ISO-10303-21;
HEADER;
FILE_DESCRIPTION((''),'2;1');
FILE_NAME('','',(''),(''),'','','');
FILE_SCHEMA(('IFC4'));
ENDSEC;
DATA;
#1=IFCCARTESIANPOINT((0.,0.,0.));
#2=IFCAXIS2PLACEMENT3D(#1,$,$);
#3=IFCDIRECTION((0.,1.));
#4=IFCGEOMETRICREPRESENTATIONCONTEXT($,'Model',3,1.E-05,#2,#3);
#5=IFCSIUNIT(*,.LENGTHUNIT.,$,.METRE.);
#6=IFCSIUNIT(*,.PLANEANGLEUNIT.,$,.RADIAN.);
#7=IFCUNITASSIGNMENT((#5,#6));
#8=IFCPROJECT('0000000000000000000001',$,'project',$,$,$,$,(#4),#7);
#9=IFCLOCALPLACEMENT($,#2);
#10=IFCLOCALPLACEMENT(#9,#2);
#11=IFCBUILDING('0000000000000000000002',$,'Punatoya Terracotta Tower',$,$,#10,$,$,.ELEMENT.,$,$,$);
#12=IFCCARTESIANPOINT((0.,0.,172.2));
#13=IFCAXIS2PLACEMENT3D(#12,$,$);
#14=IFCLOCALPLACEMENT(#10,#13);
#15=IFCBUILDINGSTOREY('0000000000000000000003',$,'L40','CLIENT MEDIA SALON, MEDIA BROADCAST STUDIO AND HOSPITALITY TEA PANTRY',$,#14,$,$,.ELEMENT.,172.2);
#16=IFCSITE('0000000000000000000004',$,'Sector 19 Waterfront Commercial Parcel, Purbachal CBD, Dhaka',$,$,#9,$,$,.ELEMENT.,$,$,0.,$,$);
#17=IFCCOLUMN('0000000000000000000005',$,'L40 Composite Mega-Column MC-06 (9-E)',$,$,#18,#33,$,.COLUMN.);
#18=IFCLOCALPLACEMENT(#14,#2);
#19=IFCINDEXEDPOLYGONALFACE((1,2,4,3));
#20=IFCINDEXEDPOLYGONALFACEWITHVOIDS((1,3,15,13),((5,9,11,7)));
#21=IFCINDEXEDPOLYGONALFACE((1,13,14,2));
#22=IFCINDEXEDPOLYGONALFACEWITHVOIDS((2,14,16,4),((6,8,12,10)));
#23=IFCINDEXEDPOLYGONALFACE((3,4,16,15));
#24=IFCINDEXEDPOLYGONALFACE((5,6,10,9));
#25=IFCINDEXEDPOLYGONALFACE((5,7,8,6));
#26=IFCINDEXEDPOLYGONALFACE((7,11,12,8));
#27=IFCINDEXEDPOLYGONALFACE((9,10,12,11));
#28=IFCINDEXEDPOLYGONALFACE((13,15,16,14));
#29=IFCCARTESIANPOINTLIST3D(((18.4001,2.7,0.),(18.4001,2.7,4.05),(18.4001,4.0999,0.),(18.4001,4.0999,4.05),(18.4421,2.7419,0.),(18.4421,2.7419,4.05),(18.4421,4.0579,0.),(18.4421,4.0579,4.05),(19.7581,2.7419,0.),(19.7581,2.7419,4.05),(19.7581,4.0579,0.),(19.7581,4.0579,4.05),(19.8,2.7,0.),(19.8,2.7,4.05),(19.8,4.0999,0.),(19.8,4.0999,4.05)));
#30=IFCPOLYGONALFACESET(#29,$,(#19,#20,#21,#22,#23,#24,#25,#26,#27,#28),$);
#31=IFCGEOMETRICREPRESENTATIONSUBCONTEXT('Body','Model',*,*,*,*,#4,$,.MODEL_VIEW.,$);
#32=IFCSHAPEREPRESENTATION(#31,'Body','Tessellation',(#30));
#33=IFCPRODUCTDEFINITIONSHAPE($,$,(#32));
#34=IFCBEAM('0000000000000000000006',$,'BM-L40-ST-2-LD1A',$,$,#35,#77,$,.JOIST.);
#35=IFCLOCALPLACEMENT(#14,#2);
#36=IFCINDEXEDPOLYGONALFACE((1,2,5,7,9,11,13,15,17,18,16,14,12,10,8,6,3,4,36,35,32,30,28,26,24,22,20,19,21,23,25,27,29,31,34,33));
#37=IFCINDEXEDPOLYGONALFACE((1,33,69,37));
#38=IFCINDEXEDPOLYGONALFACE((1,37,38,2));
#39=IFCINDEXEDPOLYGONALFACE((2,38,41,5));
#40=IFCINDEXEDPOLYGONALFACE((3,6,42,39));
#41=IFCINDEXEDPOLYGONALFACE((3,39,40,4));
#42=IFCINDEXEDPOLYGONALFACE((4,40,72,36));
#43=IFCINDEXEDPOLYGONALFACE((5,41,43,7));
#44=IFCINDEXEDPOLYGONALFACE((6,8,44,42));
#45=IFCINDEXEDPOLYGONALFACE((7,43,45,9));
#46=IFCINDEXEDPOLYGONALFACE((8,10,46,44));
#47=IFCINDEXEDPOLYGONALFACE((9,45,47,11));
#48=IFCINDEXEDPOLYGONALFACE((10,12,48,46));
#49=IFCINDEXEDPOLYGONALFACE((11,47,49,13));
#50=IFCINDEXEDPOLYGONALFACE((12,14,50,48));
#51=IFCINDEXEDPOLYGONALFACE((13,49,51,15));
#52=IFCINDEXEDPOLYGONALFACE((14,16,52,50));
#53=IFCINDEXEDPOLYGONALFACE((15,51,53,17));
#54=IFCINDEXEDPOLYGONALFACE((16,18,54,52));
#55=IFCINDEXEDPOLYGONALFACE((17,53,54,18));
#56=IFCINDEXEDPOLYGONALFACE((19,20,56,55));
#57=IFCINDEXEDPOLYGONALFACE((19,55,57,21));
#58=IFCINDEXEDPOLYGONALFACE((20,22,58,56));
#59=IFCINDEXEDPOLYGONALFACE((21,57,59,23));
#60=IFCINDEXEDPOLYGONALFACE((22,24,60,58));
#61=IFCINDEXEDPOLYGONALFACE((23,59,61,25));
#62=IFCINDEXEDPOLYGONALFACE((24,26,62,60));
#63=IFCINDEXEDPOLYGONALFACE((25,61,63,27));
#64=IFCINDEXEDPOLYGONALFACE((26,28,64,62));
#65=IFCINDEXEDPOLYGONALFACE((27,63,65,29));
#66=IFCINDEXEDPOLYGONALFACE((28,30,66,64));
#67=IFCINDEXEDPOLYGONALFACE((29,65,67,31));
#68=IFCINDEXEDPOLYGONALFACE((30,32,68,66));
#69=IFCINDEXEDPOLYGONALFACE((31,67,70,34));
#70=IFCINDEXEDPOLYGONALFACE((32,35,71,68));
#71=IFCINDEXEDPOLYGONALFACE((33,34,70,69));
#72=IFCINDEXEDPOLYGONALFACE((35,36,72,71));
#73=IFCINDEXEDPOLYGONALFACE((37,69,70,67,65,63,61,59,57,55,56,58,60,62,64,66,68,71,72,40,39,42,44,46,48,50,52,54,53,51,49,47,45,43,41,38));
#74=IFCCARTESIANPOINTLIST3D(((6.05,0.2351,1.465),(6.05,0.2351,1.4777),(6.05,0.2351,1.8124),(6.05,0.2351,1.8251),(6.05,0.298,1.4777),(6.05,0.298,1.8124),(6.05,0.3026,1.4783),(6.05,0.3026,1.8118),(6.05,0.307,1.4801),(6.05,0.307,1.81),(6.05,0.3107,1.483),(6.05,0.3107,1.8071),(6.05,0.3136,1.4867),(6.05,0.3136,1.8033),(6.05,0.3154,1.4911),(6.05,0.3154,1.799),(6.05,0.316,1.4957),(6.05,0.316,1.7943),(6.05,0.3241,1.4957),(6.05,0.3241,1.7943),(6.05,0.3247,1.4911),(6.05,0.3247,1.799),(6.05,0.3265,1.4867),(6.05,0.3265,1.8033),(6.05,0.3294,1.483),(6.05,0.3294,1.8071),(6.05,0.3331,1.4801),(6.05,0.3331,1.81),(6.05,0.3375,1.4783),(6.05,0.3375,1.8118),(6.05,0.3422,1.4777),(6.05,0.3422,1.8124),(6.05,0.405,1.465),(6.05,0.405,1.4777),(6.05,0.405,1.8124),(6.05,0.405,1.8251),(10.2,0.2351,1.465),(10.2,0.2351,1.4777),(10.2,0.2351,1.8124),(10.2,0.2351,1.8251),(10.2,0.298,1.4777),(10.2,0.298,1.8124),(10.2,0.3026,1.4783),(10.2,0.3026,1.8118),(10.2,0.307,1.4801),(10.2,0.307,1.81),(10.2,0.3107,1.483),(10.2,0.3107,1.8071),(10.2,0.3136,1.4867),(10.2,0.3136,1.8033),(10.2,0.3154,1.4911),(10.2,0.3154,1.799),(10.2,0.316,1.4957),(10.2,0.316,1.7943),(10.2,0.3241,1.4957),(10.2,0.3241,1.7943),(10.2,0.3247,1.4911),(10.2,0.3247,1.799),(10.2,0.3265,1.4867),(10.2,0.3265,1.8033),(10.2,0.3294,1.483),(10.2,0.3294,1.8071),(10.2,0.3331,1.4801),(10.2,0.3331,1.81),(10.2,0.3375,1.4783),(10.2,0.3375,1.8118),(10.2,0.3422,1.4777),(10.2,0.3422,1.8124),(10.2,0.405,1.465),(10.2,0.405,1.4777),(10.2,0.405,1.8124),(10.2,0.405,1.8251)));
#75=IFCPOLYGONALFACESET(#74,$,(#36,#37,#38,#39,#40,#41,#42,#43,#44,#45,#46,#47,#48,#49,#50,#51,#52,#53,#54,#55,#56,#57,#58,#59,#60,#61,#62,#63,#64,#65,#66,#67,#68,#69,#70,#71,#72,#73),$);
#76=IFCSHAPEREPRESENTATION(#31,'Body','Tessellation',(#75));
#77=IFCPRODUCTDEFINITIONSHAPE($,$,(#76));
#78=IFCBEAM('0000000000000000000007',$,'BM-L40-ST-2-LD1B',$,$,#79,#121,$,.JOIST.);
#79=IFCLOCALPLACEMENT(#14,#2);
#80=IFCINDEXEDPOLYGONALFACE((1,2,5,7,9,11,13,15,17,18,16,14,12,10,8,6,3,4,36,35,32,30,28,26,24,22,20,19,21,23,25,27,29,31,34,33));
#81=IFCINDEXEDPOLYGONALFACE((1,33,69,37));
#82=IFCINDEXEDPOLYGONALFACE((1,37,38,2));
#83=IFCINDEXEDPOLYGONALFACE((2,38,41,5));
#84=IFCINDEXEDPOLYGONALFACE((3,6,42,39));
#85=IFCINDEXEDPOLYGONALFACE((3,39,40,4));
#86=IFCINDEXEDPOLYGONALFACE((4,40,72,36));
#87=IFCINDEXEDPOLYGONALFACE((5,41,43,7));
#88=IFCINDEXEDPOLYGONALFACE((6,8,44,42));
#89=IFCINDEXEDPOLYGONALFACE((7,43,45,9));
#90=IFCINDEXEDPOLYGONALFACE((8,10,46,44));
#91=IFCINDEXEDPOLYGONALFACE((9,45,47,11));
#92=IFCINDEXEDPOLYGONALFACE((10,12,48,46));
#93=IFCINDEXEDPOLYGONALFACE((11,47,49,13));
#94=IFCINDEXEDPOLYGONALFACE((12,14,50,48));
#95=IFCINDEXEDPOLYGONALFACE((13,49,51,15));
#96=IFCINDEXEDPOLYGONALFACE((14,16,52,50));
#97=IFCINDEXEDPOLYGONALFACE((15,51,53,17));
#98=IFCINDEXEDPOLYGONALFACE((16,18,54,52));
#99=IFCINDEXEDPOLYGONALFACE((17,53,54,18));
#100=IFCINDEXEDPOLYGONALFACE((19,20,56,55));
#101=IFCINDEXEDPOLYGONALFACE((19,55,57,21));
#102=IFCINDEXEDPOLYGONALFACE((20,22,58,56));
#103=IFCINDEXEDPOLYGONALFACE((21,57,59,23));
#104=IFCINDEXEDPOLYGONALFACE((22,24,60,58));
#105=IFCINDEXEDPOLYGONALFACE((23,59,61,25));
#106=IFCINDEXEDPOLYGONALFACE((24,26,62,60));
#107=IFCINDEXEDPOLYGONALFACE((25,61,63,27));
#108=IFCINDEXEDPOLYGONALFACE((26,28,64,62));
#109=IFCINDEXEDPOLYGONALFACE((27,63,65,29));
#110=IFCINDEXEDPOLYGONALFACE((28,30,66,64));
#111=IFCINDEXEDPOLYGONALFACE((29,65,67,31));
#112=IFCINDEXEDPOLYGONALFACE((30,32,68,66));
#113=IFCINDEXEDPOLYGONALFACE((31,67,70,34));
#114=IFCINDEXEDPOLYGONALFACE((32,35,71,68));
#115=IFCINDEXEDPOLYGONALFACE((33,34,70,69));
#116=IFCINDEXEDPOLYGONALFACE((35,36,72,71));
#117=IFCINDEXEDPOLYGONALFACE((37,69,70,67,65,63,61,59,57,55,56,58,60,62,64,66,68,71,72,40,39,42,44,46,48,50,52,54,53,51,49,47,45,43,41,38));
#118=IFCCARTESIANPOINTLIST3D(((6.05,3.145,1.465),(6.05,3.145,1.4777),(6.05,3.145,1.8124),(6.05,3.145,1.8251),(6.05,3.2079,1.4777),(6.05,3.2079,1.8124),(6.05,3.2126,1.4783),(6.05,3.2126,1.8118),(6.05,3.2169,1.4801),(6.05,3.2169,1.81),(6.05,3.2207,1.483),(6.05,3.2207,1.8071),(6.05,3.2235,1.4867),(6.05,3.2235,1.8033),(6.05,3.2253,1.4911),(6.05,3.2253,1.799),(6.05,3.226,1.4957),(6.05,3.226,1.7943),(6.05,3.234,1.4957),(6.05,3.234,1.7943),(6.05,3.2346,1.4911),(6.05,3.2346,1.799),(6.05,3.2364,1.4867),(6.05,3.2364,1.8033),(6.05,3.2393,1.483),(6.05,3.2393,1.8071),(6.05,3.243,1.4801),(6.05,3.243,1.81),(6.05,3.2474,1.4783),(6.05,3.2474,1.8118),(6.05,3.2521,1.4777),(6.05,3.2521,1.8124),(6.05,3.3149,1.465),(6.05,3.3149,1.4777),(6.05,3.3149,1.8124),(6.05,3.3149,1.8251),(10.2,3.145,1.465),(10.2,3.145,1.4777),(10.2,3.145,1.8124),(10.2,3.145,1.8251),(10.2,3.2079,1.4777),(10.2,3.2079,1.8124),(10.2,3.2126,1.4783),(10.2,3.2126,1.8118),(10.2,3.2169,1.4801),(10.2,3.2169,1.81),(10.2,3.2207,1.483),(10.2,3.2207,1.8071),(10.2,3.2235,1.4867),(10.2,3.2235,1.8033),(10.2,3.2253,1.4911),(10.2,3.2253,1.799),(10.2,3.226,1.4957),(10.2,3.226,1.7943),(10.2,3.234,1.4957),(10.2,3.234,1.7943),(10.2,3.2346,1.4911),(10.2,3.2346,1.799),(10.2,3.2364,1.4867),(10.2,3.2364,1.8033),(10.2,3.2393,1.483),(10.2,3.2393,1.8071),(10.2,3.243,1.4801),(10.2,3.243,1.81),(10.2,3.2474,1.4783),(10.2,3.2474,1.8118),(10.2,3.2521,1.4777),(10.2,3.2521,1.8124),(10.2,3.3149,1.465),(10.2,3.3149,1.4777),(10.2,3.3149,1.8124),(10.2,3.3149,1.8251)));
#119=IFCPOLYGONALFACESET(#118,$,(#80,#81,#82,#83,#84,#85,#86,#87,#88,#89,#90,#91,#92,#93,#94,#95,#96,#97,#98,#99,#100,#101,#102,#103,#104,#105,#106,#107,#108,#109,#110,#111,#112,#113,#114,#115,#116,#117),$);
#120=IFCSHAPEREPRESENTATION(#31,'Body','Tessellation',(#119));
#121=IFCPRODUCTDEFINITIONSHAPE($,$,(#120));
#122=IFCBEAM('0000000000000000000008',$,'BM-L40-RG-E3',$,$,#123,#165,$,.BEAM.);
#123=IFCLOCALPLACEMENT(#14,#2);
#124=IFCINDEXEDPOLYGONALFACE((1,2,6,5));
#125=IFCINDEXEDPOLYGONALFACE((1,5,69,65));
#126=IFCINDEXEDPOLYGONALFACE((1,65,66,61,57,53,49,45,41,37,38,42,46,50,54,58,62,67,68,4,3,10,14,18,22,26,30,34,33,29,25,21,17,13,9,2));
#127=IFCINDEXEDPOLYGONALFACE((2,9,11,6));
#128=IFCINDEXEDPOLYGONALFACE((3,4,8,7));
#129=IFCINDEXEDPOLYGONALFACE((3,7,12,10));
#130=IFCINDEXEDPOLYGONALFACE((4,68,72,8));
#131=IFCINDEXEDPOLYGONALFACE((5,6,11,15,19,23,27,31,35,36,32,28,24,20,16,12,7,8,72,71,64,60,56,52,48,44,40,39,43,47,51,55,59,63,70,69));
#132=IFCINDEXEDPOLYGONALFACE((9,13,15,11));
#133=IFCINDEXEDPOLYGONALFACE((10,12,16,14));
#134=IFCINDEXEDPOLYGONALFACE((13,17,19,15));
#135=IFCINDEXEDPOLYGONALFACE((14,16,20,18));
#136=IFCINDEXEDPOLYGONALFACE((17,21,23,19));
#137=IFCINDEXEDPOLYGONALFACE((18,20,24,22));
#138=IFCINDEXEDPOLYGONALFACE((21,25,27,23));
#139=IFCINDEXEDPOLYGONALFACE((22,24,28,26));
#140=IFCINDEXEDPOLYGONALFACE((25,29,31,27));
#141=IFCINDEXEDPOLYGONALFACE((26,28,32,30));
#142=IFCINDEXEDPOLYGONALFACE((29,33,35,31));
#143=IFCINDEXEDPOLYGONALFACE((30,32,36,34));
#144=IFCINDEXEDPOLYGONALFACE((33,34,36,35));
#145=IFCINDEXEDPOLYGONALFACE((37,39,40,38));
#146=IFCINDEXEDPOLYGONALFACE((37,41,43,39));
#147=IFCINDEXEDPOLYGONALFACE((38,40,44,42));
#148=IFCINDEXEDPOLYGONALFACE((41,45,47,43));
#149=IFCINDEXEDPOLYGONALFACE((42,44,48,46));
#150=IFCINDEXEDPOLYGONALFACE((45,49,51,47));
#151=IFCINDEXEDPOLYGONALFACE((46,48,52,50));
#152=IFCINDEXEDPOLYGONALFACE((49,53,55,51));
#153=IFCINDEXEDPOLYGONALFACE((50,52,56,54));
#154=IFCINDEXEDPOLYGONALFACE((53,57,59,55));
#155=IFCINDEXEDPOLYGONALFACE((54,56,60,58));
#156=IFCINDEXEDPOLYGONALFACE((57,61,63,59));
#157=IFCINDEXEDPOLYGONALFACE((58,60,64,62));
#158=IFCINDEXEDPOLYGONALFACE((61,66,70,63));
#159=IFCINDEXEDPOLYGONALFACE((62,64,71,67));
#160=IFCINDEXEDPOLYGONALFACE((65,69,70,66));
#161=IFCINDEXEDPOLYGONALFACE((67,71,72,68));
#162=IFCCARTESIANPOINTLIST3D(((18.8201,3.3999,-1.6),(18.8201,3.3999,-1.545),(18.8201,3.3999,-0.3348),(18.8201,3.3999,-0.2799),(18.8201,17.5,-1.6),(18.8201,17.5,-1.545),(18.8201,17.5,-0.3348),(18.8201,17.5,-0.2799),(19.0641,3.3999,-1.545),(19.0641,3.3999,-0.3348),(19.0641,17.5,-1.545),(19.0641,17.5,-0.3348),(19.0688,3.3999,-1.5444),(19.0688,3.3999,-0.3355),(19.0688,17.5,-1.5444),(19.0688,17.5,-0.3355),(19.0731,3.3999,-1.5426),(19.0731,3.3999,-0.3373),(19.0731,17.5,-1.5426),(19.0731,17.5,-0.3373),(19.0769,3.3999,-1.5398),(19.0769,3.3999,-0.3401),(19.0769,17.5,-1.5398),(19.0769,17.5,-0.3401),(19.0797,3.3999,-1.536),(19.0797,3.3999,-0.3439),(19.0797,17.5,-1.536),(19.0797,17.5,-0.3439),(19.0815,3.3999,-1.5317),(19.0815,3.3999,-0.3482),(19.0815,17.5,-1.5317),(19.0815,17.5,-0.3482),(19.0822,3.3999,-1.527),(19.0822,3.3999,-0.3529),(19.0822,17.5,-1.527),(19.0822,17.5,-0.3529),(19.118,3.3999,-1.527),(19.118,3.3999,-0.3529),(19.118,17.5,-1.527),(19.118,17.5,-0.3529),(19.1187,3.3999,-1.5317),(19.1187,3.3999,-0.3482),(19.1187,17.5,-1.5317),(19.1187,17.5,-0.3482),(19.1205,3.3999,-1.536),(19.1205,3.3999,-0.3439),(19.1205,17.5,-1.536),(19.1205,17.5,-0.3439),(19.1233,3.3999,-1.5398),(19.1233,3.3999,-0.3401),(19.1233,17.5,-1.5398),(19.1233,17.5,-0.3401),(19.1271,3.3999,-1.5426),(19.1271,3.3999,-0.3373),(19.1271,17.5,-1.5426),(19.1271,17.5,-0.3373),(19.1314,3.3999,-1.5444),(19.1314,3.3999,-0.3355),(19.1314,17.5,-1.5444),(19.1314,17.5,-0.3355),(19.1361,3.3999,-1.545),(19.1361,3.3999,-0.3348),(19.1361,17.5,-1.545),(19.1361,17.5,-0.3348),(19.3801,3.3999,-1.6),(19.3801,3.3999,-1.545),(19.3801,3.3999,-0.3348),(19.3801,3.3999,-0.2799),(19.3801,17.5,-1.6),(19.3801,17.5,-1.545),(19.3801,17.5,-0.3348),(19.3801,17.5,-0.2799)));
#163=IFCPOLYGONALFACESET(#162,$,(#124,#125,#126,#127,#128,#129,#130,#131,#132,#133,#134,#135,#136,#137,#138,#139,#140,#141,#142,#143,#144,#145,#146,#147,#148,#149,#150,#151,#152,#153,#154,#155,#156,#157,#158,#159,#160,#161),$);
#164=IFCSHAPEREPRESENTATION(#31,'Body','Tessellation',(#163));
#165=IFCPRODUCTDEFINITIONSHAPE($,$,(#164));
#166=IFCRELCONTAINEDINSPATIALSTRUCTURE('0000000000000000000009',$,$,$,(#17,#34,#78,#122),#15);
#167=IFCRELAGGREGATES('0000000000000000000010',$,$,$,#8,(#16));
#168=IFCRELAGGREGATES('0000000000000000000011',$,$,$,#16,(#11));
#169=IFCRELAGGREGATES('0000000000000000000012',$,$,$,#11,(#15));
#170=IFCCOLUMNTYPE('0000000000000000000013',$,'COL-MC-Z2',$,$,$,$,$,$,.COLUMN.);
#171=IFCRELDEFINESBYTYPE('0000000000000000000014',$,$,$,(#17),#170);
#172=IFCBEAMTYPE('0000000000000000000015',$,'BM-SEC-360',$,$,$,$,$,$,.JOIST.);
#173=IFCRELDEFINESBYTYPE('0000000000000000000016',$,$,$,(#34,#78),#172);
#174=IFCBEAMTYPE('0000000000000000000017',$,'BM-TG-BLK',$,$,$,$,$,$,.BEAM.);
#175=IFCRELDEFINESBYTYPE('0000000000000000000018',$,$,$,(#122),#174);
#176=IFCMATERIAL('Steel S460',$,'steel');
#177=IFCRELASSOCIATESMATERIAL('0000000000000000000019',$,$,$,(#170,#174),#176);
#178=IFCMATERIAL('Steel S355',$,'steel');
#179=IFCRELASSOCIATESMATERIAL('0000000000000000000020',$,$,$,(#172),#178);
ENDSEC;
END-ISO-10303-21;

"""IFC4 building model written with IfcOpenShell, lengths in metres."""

from ifc_helpers import new_model, si_unit, direction, frame, origin, origin_2d, place, context, subcontext, project, spatial, hollow_rectangle, i_section, extrude, material, material_profile, profile_set, type_object, element, save


model = new_model("IFC4")

# Units and contexts
model_context = context("Model", 3, precision=1e-05, world=origin(), true_north=direction((0.0, 1.0)))
body_context = subcontext(model_context, "Body", "Model", "MODEL_VIEW")
ifc_project = project(units=[si_unit("LENGTHUNIT", "METRE"), si_unit("PLANEANGLEUNIT", "RADIAN")], contexts=[model_context])

# Site, building, storey
site_placement = place(None, origin())
site = spatial("IfcSite", under=ifc_project, at=site_placement, Name="Sector 19 Waterfront Commercial Parcel, Purbachal CBD, Dhaka", CompositionType="ELEMENT", RefElevation=0.0)
building_placement = place(site_placement, origin())
building = spatial("IfcBuilding", under=site, at=building_placement, Name="Punatoya Terracotta Tower", CompositionType="ELEMENT")
storey_placement = place(building_placement, frame((0.0, 0.0, 172.2)))
storey = spatial("IfcBuildingStorey", under=building, at=storey_placement, Name="L40", Description="CLIENT MEDIA SALON, MEDIA BROADCAST STUDIO AND HOSPITALITY TEA PANTRY", CompositionType="ELEMENT", Elevation=172.2)

# Column
ifc_material_1 = material(Name="Steel S460", Category="steel")
ifc_material_profile_1 = material_profile(ifc_material_1, hollow_rectangle(XDim=1.3999, YDim=1.3999, WallThickness=0.042, at=origin_2d()))
ifc_profile_set_1 = profile_set([ifc_material_profile_1], Name="Steel S460")
column_type = type_object("IfcColumnType", Name="COL-MC-Z2", PredefinedType="COLUMN", material=ifc_profile_set_1)
column_placement = place(storey_placement, frame((19.1001, 3.3999, 0.0), z_axis=(0.0, 0.0, 1.0), x_axis=(1.0, 0.0, 0.0)))
element("IfcColumn", 1, at=column_placement, inside=storey, type_object=column_type, Name="L40 Composite Mega-Column MC-06 (9-E)", PredefinedType="COLUMN", context=body_context, shape_type="SweptSolid", body=[
    extrude(hollow_rectangle(XDim=1.3999, YDim=1.3999, WallThickness=0.042, at=origin_2d()), origin(), (0.0, 0.0, 1.0), 4.05),
])

# Beams
ifc_material_2 = material(Name="Steel S355", Category="steel")
ifc_material_profile_2 = material_profile(ifc_material_2, i_section(OverallWidth=0.1699, OverallDepth=0.3601, WebThickness=0.0081, FlangeThickness=0.0127, FilletRadius=0.0181, at=origin_2d()))
ifc_profile_set_2 = profile_set([ifc_material_profile_2], Name="Steel S355")
beam_type_1 = type_object("IfcBeamType", Name="BM-SEC-360", PredefinedType="JOIST", material=ifc_profile_set_2)
for number, where, z_axis, x_axis, name in (
    (2, (6.05, 0.3201, 1.645), (1.0, 0.0, 0.0), (0.0, 1.0, 0.0), "BM-L40-ST-2-LD1A"),
    (3, (6.05, 3.23, 1.645), (1.0, 0.0, 0.0), (0.0, 1.0, 0.0), "BM-L40-ST-2-LD1B"),
):
    element("IfcBeam", number, at=place(storey_placement, frame(where, z_axis=z_axis, x_axis=x_axis)), inside=storey, type_object=beam_type_1, Name=name, PredefinedType="JOIST", context=body_context, shape_type="SweptSolid", body=[
        extrude(i_section(OverallWidth=0.1699, OverallDepth=0.3601, WebThickness=0.0081, FlangeThickness=0.0127, FilletRadius=0.0181, at=origin_2d()), origin(), (0.0, 0.0, 1.0), 4.1499),
    ])
ifc_material_profile_3 = material_profile(ifc_material_1, i_section(OverallWidth=0.5601, OverallDepth=1.3201, WebThickness=0.0359, FlangeThickness=0.0549, FilletRadius=0.0181, at=origin_2d()))
ifc_profile_set_3 = profile_set([ifc_material_profile_3], Name="Steel S460")
beam_type_2 = type_object("IfcBeamType", Name="BM-TG-BLK", PredefinedType="BEAM", material=ifc_profile_set_3)
beam_1_placement = place(storey_placement, frame((19.1001, 3.3999, -0.9399), z_axis=(0.0, 1.0, 0.0), x_axis=(-1.0, 0.0, 0.0)))
element("IfcBeam", 4, at=beam_1_placement, inside=storey, type_object=beam_type_2, Name="BM-L40-RG-E3", PredefinedType="BEAM", context=body_context, shape_type="SweptSolid", body=[
    extrude(i_section(OverallWidth=0.5601, OverallDepth=1.3201, WebThickness=0.0359, FlangeThickness=0.0549, FilletRadius=0.0181, at=origin_2d()), origin(), (0.0, 0.0, 1.0), 14.1001),
])

save(model, "model.ifc")
